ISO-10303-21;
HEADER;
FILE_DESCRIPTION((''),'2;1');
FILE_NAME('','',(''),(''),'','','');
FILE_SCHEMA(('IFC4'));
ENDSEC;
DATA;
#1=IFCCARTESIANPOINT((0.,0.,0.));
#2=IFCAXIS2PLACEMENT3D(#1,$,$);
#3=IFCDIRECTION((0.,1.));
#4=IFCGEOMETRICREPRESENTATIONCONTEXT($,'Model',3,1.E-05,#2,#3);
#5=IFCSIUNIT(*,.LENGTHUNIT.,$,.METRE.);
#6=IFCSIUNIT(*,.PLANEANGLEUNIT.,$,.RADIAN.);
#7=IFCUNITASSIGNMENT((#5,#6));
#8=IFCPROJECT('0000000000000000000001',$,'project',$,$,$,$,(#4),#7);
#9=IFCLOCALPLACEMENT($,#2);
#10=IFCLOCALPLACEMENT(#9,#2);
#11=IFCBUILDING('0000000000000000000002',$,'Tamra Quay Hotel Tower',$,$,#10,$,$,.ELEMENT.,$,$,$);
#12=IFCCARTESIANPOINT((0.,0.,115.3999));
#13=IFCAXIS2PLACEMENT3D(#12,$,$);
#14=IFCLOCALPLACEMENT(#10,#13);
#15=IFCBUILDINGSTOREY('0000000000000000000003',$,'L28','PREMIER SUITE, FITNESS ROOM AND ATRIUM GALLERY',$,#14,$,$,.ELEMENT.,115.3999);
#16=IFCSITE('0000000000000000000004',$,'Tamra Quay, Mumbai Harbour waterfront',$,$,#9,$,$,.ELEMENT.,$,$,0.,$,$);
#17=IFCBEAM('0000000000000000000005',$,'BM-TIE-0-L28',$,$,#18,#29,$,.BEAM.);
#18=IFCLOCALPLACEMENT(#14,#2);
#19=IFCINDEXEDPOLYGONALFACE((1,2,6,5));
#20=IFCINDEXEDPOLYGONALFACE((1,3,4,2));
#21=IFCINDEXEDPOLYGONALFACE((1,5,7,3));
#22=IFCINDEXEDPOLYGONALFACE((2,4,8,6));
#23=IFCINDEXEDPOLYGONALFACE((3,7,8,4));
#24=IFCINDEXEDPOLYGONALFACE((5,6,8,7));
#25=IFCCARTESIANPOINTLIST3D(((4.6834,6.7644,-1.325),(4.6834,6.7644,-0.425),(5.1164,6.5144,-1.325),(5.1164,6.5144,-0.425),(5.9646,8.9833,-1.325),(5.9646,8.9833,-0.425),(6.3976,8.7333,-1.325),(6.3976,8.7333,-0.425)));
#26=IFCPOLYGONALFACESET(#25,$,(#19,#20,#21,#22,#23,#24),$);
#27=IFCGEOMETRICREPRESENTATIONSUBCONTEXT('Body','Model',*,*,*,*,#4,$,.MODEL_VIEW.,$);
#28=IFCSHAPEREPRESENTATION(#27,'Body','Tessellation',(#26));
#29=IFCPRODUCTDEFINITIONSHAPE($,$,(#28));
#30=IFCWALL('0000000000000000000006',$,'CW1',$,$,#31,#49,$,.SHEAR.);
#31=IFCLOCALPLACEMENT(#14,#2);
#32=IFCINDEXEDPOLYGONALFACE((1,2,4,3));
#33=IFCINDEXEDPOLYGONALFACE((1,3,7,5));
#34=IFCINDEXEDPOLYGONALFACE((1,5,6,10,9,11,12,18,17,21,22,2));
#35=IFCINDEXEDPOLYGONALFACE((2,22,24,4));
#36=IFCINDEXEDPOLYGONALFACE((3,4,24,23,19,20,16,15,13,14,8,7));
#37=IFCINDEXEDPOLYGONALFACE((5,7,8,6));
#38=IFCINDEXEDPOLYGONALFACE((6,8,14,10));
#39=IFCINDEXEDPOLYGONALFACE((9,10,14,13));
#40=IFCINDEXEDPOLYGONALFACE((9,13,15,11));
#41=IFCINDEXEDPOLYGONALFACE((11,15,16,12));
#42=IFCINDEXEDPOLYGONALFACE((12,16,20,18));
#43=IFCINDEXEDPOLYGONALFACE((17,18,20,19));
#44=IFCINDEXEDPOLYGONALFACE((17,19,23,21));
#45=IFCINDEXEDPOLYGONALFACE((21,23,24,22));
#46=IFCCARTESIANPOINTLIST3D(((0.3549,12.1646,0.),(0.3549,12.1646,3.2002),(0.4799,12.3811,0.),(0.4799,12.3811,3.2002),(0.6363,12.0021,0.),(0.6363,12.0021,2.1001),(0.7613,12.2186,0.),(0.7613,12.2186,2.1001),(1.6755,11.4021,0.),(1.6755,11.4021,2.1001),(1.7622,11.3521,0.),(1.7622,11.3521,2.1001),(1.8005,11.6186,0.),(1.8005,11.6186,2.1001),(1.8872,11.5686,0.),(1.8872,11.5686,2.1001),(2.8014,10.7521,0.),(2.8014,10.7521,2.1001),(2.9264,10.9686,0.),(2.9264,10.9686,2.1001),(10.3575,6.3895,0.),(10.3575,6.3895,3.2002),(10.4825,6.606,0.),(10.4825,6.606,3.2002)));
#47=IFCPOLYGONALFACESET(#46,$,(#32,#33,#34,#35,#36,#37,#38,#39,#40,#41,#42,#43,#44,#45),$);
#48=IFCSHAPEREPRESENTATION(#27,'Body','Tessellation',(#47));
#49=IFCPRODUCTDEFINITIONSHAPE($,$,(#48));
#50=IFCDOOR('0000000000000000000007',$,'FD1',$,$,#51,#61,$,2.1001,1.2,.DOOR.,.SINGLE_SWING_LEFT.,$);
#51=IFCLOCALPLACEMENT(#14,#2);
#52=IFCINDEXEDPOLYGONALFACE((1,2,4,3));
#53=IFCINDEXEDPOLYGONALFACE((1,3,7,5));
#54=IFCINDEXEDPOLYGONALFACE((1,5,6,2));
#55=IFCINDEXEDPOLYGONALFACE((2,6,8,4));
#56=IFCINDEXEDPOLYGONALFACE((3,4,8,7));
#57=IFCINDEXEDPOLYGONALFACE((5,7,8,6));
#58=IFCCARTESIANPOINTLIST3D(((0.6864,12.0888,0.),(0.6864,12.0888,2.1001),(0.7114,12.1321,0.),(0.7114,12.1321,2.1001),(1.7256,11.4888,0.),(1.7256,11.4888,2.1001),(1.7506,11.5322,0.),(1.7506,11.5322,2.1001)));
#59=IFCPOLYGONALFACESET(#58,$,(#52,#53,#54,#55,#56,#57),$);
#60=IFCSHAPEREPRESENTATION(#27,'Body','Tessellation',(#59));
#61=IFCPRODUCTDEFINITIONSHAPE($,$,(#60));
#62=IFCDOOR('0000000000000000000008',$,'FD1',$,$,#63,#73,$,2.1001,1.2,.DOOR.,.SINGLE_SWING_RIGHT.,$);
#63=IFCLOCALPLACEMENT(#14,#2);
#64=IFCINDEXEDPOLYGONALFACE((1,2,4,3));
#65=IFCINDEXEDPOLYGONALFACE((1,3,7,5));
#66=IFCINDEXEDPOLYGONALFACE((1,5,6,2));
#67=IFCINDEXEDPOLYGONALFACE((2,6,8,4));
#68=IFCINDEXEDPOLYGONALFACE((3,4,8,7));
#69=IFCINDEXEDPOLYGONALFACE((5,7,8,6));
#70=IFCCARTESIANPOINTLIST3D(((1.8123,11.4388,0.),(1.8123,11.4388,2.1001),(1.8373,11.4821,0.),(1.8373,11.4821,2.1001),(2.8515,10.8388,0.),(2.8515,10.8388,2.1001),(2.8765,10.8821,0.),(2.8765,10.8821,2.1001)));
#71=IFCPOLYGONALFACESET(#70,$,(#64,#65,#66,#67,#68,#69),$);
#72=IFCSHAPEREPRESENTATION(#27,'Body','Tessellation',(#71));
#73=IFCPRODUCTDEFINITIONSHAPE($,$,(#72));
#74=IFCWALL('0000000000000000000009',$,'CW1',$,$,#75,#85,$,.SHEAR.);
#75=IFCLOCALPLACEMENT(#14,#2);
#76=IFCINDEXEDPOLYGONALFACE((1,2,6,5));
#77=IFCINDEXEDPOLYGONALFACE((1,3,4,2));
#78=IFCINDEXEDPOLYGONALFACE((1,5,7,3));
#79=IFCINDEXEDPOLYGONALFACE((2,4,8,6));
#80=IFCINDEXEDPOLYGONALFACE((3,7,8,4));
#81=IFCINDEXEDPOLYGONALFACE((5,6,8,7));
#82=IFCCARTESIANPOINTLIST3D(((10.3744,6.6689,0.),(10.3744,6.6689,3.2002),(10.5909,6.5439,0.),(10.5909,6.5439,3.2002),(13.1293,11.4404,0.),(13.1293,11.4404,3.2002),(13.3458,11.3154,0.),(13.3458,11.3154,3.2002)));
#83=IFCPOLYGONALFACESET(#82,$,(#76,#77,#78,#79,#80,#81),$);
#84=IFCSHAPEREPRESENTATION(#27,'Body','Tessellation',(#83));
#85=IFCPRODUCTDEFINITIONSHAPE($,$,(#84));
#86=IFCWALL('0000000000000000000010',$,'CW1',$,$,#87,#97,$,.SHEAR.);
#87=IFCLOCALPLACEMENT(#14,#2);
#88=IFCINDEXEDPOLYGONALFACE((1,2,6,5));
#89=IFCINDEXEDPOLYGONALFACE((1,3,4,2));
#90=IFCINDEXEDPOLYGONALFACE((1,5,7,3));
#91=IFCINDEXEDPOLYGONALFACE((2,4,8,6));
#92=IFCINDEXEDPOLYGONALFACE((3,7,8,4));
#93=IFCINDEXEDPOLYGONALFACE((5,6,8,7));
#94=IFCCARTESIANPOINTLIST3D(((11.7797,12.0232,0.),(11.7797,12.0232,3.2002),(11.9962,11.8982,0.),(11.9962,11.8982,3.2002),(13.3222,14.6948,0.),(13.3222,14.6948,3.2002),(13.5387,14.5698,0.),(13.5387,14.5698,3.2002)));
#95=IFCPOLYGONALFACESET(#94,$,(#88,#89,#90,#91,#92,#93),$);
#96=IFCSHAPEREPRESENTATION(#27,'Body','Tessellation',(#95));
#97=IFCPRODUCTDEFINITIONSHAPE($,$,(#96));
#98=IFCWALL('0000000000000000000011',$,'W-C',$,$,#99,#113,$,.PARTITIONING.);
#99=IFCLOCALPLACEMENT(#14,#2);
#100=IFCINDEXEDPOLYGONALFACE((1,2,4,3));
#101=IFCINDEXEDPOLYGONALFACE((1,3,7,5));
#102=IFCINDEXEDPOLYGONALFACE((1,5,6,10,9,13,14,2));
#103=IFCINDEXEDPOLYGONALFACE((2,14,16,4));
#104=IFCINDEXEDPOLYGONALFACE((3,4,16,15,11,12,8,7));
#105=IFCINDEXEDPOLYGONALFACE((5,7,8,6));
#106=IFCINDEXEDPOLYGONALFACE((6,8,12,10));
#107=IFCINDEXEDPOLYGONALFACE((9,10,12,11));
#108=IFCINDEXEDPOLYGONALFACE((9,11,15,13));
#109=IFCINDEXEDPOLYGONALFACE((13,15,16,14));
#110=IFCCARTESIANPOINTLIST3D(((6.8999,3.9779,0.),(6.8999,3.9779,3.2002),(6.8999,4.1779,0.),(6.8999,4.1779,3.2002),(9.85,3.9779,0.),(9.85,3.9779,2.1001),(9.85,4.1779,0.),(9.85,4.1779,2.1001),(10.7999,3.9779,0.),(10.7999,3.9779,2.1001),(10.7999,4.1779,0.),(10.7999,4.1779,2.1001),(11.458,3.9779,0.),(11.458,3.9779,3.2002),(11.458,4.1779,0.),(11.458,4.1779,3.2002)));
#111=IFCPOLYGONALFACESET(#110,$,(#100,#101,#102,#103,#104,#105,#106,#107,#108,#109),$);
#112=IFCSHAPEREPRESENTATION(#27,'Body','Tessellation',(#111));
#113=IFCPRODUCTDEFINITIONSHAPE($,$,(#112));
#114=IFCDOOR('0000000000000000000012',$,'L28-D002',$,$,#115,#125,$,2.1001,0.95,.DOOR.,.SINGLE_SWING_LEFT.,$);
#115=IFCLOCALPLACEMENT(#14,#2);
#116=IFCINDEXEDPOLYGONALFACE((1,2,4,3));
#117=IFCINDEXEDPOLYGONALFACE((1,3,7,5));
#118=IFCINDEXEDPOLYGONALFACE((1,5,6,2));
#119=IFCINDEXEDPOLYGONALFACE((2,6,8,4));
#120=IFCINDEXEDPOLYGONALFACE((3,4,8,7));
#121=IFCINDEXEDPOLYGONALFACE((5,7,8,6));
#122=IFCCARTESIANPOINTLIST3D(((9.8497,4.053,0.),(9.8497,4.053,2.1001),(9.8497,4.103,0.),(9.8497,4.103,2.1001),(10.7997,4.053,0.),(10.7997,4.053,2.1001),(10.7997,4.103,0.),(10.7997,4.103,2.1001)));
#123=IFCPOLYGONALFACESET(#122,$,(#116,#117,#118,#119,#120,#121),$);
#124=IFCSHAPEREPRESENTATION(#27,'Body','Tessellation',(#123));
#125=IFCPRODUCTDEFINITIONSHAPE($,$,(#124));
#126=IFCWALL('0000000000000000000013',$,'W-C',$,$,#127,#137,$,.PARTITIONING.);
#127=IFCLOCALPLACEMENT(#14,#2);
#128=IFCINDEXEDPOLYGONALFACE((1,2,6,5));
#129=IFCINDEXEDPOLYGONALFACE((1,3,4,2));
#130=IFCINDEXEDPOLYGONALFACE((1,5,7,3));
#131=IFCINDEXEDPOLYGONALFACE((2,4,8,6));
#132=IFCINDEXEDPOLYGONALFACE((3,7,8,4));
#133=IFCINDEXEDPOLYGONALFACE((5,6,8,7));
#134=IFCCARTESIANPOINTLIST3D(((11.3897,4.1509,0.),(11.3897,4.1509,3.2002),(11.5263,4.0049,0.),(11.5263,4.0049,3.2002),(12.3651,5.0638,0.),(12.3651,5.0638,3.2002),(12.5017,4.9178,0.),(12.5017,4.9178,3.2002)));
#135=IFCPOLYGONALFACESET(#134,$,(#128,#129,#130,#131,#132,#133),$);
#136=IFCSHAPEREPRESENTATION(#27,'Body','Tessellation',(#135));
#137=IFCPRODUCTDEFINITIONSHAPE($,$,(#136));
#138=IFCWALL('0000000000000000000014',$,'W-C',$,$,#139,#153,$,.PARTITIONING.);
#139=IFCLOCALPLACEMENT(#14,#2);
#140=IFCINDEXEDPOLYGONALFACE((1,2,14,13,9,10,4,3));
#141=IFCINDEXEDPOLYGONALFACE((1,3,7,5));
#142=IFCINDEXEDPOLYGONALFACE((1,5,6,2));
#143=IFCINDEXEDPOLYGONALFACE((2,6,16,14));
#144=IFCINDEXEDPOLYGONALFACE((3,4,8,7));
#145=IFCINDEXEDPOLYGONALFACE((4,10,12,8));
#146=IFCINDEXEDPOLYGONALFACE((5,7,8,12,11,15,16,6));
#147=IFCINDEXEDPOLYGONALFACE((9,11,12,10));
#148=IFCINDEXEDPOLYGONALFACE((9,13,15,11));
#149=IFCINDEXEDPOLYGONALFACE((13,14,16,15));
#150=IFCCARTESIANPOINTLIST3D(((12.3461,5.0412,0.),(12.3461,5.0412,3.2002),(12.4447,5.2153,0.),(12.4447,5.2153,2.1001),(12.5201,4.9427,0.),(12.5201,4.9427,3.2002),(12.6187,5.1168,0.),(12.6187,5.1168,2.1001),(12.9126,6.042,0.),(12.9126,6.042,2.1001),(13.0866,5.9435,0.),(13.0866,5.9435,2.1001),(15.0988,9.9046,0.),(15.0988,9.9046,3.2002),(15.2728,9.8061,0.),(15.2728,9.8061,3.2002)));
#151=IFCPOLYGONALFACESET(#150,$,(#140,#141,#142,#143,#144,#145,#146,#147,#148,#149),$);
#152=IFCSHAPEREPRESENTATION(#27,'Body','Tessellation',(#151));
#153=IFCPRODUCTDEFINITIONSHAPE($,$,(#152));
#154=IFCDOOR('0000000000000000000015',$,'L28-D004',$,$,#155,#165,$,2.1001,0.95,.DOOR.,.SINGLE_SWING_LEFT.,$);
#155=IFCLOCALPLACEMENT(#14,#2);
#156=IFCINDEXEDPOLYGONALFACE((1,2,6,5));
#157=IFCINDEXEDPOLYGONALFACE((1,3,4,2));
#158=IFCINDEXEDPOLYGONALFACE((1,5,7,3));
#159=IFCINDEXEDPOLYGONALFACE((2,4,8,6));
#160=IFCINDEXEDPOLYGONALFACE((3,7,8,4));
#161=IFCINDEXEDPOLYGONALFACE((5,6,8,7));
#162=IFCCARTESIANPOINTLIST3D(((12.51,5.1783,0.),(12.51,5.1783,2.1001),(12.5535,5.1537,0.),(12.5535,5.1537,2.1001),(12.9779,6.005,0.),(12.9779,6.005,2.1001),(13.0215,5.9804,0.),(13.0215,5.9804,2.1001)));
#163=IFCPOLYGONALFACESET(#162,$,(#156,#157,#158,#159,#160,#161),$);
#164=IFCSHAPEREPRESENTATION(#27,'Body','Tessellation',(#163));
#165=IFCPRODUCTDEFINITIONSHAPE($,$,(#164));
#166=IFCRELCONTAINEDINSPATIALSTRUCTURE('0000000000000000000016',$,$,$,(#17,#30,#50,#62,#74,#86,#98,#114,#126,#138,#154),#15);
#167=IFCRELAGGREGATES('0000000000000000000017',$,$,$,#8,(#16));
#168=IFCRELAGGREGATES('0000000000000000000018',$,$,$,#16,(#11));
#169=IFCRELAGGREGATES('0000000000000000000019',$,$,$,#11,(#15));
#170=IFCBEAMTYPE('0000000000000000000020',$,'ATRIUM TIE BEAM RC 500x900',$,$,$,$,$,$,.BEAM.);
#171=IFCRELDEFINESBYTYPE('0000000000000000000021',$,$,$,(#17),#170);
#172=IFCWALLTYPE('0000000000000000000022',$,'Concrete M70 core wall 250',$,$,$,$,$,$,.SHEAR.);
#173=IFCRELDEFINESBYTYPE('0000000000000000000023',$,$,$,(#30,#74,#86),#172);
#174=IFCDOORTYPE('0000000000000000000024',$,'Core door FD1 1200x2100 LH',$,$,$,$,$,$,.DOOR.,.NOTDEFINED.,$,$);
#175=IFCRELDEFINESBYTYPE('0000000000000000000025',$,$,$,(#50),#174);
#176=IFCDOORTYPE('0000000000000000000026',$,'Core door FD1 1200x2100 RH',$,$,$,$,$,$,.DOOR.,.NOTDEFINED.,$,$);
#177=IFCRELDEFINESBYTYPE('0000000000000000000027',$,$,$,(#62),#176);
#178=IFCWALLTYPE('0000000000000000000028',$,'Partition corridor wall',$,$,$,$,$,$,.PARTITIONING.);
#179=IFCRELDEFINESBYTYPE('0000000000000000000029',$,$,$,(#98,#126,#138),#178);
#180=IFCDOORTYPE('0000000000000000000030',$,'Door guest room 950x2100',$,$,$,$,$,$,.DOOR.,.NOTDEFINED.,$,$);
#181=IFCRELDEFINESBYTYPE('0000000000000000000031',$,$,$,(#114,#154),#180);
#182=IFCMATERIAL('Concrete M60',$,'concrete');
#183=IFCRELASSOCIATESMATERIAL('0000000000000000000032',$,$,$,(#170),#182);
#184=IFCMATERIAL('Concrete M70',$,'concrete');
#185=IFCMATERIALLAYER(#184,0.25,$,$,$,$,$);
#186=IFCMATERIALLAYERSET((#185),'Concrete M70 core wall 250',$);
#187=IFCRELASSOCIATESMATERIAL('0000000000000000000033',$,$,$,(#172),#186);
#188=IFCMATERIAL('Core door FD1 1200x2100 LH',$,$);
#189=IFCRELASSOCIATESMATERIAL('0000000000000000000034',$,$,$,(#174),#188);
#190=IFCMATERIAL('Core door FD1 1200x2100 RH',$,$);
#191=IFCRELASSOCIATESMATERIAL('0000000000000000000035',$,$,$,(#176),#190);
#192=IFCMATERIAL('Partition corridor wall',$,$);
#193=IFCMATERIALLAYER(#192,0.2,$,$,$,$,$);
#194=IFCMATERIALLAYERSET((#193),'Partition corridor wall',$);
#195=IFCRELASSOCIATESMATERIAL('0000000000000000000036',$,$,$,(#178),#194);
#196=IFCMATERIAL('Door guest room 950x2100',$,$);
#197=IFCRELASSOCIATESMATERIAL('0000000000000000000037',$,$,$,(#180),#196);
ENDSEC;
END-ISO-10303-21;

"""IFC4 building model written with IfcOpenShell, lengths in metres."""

from ifc_helpers import new_model, si_unit, direction, frame, frame_2d, origin, origin_2d, place, context, subcontext, project, spatial, rectangle, extrude, material, layer, layer_set, material_profile, profile_set, type_object, element, fill, save


model = new_model("IFC4")

# Units and contexts
model_context = context("Model", 3, precision=1e-05, world=origin(), true_north=direction((0.0, 1.0)))
body_context = subcontext(model_context, "Body", "Model", "MODEL_VIEW")
ifc_project = project(units=[si_unit("LENGTHUNIT", "METRE"), si_unit("PLANEANGLEUNIT", "RADIAN")], contexts=[model_context])

# Site, building, storey
site_placement = place(None, origin())
site = spatial("IfcSite", under=ifc_project, at=site_placement, Name="Tamra Quay, Mumbai Harbour waterfront", CompositionType="ELEMENT", RefElevation=0.0)
building_placement = place(site_placement, origin())
building = spatial("IfcBuilding", under=site, at=building_placement, Name="Tamra Quay Hotel Tower", CompositionType="ELEMENT")
storey_placement = place(building_placement, frame((0.0, 0.0, 115.3999)))
storey = spatial("IfcBuildingStorey", under=building, at=storey_placement, Name="L28", Description="PREMIER SUITE, FITNESS ROOM AND ATRIUM GALLERY", CompositionType="ELEMENT", Elevation=115.3999)

# Beam
ifc_material_1 = material(Name="Concrete M60", Category="concrete")
ifc_material_profile = material_profile(ifc_material_1, rectangle(XDim=0.5, YDim=0.8999, at=origin_2d()), Name="ATRIUM TIE BEAM RC 500x900")
ifc_profile_set = profile_set([ifc_material_profile], Name="Concrete M60")
beam_type = type_object("IfcBeamType", Name="ATRIUM TIE BEAM RC 500x900", PredefinedType="BEAM", material=ifc_profile_set)
beam_placement = place(storey_placement, frame((4.8999, 6.6394, -0.875), z_axis=(0.500033, 0.866006, 0.0), x_axis=(-0.866006, 0.500033, 0.0)))
element("IfcBeam", 1, at=beam_placement, inside=storey, type_object=beam_type, Name="BM-TIE-0-L28", PredefinedType="BEAM", context=body_context, shape_type="SweptSolid", body=[
    extrude(rectangle(XDim=0.5, YDim=0.8999, at=origin_2d()), origin(), (0.0, 0.0, 1.0), 2.5623),
])

# Wall, openings, doors
ifc_material_2 = material(Name="Concrete M70", Category="concrete")
ifc_layer_1 = layer(ifc_material_2, 0.25)
ifc_layer_set_1 = layer_set([ifc_layer_1], Name="Concrete M70 core wall 250")
wall_type_1 = type_object("IfcWallType", Name="Concrete M70 core wall 250", PredefinedType="SHEAR", material=ifc_layer_set_1)
wall_1_placement = place(storey_placement, frame((10.4199, 6.4978, 0.0), z_axis=(0.0, 0.0, 1.0), x_axis=(-0.866022, 0.500006, 0.0)))
wall_1 = element("IfcWall", 2, at=wall_1_placement, inside=storey, type_object=wall_type_1, Name="CW1", PredefinedType="SHEAR", context=body_context, shape_type="SweptSolid", body=[
    extrude(rectangle(XDim=11.55, YDim=0.25, at=frame_2d((5.7749, 0.0))), origin(), (0.0, 0.0, 1.0), 3.2002),
])
opening_1_placement = place(wall_1_placement, frame((10.0249, 0.0, 0.0)))
opening_1 = element("IfcOpeningElement", 3, at=opening_1_placement, cuts=wall_1, PredefinedType="OPENING", context=body_context, shape_type="SweptSolid", body=[
    extrude(rectangle(XDim=1.2, YDim=2.1001, at=frame_2d((0.6001, 1.05))), frame((0.0, 0.135, 0.0), z_axis=(0.0, -1.0, 0.0), x_axis=(1.0, 0.0, 0.0)), (0.0, 0.0, 1.0), 0.27),
])
opening_2_placement = place(wall_1_placement, frame((8.7249, 0.0, 0.0)))
opening_2 = element("IfcOpeningElement", 4, at=opening_2_placement, cuts=wall_1, PredefinedType="OPENING", context=body_context, shape_type="SweptSolid", body=[
    extrude(rectangle(XDim=1.2, YDim=2.1001, at=frame_2d((0.6001, 1.05))), frame((0.0, 0.135, 0.0), z_axis=(0.0, -1.0, 0.0), x_axis=(1.0, 0.0, 0.0)), (0.0, 0.0, 1.0), 0.27),
])
ifc_material_3 = material(Name="Core door FD1 1200x2100 LH")
door_type_1 = type_object("IfcDoorType", Name="Core door FD1 1200x2100 LH", OperationType="NOTDEFINED", PredefinedType="DOOR", material=ifc_material_3)
door_1_placement = place(opening_1_placement, origin())
door_1 = element("IfcDoor", 5, at=door_1_placement, inside=storey, type_object=door_type_1, Name="FD1", OperationType="SINGLE_SWING_LEFT", OverallHeight=2.1001, OverallWidth=1.2, PredefinedType="DOOR", context=body_context, shape_type="SweptSolid", body=[
    extrude(rectangle(XDim=1.2, YDim=2.1001, at=frame_2d((0.6001, 1.05))), frame((0.0, 0.0249, 0.0), z_axis=(0.0, -1.0, 0.0), x_axis=(1.0, 0.0, 0.0)), (0.0, 0.0, 1.0), 0.05),
])
fill(opening_1, door_1)
ifc_material_4 = material(Name="Core door FD1 1200x2100 RH")
door_type_2 = type_object("IfcDoorType", Name="Core door FD1 1200x2100 RH", OperationType="NOTDEFINED", PredefinedType="DOOR", material=ifc_material_4)
door_2_placement = place(opening_2_placement, origin())
door_2 = element("IfcDoor", 6, at=door_2_placement, inside=storey, type_object=door_type_2, Name="FD1", OperationType="SINGLE_SWING_RIGHT", OverallHeight=2.1001, OverallWidth=1.2, PredefinedType="DOOR", context=body_context, shape_type="SweptSolid", body=[
    extrude(rectangle(XDim=1.2, YDim=2.1001, at=frame_2d((0.6001, 1.05))), frame((0.0, 0.0249, 0.0), z_axis=(0.0, -1.0, 0.0), x_axis=(1.0, 0.0, 0.0)), (0.0, 0.0, 1.0), 0.05),
])
fill(opening_2, door_2)

# Walls
wall_2_placement = place(storey_placement, frame((13.2375, 11.3779, 0.0), z_axis=(0.0, 0.0, 1.0), x_axis=(-0.500009, -0.86602, 0.0)))
element("IfcWall", 7, at=wall_2_placement, inside=storey, type_object=wall_type_1, Name="CW1", PredefinedType="SHEAR", context=body_context, shape_type="SweptSolid", body=[
    extrude(rectangle(XDim=5.5098, YDim=0.25, at=frame_2d((2.7549, 0.0))), origin(), (0.0, 0.0, 1.0), 3.2002),
])
wall_3_placement = place(storey_placement, frame((11.8879, 11.9607, 0.0), z_axis=(0.0, 0.0, 1.0), x_axis=(0.500003, 0.866023, 0.0)))
element("IfcWall", 8, at=wall_3_placement, inside=storey, type_object=wall_type_1, Name="CW1", PredefinedType="SHEAR", context=body_context, shape_type="SweptSolid", body=[
    extrude(rectangle(XDim=3.085, YDim=0.25, at=frame_2d((1.5425, 0.0))), origin(), (0.0, 0.0, 1.0), 3.2002),
])

# Wall, opening, door
ifc_material_5 = material(Name="Partition corridor wall")
ifc_layer_2 = layer(ifc_material_5, 0.2)
ifc_layer_set_2 = layer_set([ifc_layer_2], Name="Partition corridor wall")
wall_type_2 = type_object("IfcWallType", Name="Partition corridor wall", PredefinedType="PARTITIONING", material=ifc_layer_set_2)
wall_4_placement = place(storey_placement, frame((6.8999, 4.0779, 0.0), z_axis=(0.0, 0.0, 1.0), x_axis=(1.0, 0.0, 0.0)))
wall_4 = element("IfcWall", 9, at=wall_4_placement, inside=storey, type_object=wall_type_2, Name="W-C", PredefinedType="PARTITIONING", context=body_context, shape_type="SweptSolid", body=[
    extrude(rectangle(XDim=4.5581, YDim=0.2, at=frame_2d((2.2791, 0.0))), origin(), (0.0, 0.0, 1.0), 3.2002),
])
opening_3_placement = place(wall_4_placement, frame((2.95, 0.0, 0.0)))
opening_3 = element("IfcOpeningElement", 10, at=opening_3_placement, cuts=wall_4, PredefinedType="OPENING", context=body_context, shape_type="SweptSolid", body=[
    extrude(rectangle(XDim=0.95, YDim=2.1001, at=frame_2d((0.4751, 1.05))), frame((0.0, 0.1099, 0.0), z_axis=(0.0, -1.0, 0.0), x_axis=(1.0, 0.0, 0.0)), (0.0, 0.0, 1.0), 0.22),
])
ifc_material_6 = material(Name="Door guest room 950x2100")
door_type_3 = type_object("IfcDoorType", Name="Door guest room 950x2100", OperationType="NOTDEFINED", PredefinedType="DOOR", material=ifc_material_6)
door_3_placement = place(opening_3_placement, frame((0.95, 0.0, 0.0), z_axis=(0.0, 0.0, 1.0), x_axis=(-1.0, 0.0, 0.0)))
door_3 = element("IfcDoor", 11, at=door_3_placement, inside=storey, type_object=door_type_3, Name="L28-D002", OperationType="SINGLE_SWING_LEFT", OverallHeight=2.1001, OverallWidth=0.95, PredefinedType="DOOR", context=body_context, shape_type="SweptSolid", body=[
    extrude(rectangle(XDim=0.95, YDim=2.1001, at=frame_2d((0.4751, 1.05))), frame((0.0, 0.0249, 0.0), z_axis=(0.0, -1.0, 0.0), x_axis=(1.0, 0.0, 0.0)), (0.0, 0.0, 1.0), 0.05),
])
fill(opening_3, door_3)

# Wall
wall_5_placement = place(storey_placement, frame((11.458, 4.0779, 0.0), z_axis=(0.0, 0.0, 1.0), x_axis=(0.730113, 0.683327, 0.0)))
element("IfcWall", 12, at=wall_5_placement, inside=storey, type_object=wall_type_2, Name="W-C", PredefinedType="PARTITIONING", context=body_context, shape_type="SweptSolid", body=[
    extrude(rectangle(XDim=1.3359, YDim=0.2, at=frame_2d((0.668, 0.0))), origin(), (0.0, 0.0, 1.0), 3.2002),
])

# Wall, opening, door
wall_6_placement = place(storey_placement, frame((12.4331, 4.9919, 0.0), z_axis=(0.0, 0.0, 1.0), x_axis=(0.492583, 0.870266, 0.0)))
wall_6 = element("IfcWall", 13, at=wall_6_placement, inside=storey, type_object=wall_type_2, Name="W-C", PredefinedType="PARTITIONING", context=body_context, shape_type="SweptSolid", body=[
    extrude(rectangle(XDim=5.5884, YDim=0.2, at=frame_2d((2.7942, 0.0))), origin(), (0.0, 0.0, 1.0), 3.2002),
])
opening_4_placement = place(wall_6_placement, frame((0.2, 0.0, 0.0)))
opening_4 = element("IfcOpeningElement", 14, at=opening_4_placement, cuts=wall_6, PredefinedType="OPENING", context=body_context, shape_type="SweptSolid", body=[
    extrude(rectangle(XDim=0.95, YDim=2.1001, at=frame_2d((0.4751, 1.05))), frame((0.0, 0.1099, 0.0), z_axis=(0.0, -1.0, 0.0), x_axis=(1.0, 0.0, 0.0)), (0.0, 0.0, 1.0), 0.22),
])
door_4_placement = place(opening_4_placement, origin())
door_4 = element("IfcDoor", 15, at=door_4_placement, inside=storey, type_object=door_type_3, Name="L28-D004", OperationType="SINGLE_SWING_LEFT", OverallHeight=2.1001, OverallWidth=0.95, PredefinedType="DOOR", context=body_context, shape_type="SweptSolid", body=[
    extrude(rectangle(XDim=0.95, YDim=2.1001, at=frame_2d((0.4751, 1.05))), frame((0.0, 0.0249, 0.0), z_axis=(0.0, -1.0, 0.0), x_axis=(1.0, 0.0, 0.0)), (0.0, 0.0, 1.0), 0.05),
])
fill(opening_4, door_4)

save(model, "model.ifc")
